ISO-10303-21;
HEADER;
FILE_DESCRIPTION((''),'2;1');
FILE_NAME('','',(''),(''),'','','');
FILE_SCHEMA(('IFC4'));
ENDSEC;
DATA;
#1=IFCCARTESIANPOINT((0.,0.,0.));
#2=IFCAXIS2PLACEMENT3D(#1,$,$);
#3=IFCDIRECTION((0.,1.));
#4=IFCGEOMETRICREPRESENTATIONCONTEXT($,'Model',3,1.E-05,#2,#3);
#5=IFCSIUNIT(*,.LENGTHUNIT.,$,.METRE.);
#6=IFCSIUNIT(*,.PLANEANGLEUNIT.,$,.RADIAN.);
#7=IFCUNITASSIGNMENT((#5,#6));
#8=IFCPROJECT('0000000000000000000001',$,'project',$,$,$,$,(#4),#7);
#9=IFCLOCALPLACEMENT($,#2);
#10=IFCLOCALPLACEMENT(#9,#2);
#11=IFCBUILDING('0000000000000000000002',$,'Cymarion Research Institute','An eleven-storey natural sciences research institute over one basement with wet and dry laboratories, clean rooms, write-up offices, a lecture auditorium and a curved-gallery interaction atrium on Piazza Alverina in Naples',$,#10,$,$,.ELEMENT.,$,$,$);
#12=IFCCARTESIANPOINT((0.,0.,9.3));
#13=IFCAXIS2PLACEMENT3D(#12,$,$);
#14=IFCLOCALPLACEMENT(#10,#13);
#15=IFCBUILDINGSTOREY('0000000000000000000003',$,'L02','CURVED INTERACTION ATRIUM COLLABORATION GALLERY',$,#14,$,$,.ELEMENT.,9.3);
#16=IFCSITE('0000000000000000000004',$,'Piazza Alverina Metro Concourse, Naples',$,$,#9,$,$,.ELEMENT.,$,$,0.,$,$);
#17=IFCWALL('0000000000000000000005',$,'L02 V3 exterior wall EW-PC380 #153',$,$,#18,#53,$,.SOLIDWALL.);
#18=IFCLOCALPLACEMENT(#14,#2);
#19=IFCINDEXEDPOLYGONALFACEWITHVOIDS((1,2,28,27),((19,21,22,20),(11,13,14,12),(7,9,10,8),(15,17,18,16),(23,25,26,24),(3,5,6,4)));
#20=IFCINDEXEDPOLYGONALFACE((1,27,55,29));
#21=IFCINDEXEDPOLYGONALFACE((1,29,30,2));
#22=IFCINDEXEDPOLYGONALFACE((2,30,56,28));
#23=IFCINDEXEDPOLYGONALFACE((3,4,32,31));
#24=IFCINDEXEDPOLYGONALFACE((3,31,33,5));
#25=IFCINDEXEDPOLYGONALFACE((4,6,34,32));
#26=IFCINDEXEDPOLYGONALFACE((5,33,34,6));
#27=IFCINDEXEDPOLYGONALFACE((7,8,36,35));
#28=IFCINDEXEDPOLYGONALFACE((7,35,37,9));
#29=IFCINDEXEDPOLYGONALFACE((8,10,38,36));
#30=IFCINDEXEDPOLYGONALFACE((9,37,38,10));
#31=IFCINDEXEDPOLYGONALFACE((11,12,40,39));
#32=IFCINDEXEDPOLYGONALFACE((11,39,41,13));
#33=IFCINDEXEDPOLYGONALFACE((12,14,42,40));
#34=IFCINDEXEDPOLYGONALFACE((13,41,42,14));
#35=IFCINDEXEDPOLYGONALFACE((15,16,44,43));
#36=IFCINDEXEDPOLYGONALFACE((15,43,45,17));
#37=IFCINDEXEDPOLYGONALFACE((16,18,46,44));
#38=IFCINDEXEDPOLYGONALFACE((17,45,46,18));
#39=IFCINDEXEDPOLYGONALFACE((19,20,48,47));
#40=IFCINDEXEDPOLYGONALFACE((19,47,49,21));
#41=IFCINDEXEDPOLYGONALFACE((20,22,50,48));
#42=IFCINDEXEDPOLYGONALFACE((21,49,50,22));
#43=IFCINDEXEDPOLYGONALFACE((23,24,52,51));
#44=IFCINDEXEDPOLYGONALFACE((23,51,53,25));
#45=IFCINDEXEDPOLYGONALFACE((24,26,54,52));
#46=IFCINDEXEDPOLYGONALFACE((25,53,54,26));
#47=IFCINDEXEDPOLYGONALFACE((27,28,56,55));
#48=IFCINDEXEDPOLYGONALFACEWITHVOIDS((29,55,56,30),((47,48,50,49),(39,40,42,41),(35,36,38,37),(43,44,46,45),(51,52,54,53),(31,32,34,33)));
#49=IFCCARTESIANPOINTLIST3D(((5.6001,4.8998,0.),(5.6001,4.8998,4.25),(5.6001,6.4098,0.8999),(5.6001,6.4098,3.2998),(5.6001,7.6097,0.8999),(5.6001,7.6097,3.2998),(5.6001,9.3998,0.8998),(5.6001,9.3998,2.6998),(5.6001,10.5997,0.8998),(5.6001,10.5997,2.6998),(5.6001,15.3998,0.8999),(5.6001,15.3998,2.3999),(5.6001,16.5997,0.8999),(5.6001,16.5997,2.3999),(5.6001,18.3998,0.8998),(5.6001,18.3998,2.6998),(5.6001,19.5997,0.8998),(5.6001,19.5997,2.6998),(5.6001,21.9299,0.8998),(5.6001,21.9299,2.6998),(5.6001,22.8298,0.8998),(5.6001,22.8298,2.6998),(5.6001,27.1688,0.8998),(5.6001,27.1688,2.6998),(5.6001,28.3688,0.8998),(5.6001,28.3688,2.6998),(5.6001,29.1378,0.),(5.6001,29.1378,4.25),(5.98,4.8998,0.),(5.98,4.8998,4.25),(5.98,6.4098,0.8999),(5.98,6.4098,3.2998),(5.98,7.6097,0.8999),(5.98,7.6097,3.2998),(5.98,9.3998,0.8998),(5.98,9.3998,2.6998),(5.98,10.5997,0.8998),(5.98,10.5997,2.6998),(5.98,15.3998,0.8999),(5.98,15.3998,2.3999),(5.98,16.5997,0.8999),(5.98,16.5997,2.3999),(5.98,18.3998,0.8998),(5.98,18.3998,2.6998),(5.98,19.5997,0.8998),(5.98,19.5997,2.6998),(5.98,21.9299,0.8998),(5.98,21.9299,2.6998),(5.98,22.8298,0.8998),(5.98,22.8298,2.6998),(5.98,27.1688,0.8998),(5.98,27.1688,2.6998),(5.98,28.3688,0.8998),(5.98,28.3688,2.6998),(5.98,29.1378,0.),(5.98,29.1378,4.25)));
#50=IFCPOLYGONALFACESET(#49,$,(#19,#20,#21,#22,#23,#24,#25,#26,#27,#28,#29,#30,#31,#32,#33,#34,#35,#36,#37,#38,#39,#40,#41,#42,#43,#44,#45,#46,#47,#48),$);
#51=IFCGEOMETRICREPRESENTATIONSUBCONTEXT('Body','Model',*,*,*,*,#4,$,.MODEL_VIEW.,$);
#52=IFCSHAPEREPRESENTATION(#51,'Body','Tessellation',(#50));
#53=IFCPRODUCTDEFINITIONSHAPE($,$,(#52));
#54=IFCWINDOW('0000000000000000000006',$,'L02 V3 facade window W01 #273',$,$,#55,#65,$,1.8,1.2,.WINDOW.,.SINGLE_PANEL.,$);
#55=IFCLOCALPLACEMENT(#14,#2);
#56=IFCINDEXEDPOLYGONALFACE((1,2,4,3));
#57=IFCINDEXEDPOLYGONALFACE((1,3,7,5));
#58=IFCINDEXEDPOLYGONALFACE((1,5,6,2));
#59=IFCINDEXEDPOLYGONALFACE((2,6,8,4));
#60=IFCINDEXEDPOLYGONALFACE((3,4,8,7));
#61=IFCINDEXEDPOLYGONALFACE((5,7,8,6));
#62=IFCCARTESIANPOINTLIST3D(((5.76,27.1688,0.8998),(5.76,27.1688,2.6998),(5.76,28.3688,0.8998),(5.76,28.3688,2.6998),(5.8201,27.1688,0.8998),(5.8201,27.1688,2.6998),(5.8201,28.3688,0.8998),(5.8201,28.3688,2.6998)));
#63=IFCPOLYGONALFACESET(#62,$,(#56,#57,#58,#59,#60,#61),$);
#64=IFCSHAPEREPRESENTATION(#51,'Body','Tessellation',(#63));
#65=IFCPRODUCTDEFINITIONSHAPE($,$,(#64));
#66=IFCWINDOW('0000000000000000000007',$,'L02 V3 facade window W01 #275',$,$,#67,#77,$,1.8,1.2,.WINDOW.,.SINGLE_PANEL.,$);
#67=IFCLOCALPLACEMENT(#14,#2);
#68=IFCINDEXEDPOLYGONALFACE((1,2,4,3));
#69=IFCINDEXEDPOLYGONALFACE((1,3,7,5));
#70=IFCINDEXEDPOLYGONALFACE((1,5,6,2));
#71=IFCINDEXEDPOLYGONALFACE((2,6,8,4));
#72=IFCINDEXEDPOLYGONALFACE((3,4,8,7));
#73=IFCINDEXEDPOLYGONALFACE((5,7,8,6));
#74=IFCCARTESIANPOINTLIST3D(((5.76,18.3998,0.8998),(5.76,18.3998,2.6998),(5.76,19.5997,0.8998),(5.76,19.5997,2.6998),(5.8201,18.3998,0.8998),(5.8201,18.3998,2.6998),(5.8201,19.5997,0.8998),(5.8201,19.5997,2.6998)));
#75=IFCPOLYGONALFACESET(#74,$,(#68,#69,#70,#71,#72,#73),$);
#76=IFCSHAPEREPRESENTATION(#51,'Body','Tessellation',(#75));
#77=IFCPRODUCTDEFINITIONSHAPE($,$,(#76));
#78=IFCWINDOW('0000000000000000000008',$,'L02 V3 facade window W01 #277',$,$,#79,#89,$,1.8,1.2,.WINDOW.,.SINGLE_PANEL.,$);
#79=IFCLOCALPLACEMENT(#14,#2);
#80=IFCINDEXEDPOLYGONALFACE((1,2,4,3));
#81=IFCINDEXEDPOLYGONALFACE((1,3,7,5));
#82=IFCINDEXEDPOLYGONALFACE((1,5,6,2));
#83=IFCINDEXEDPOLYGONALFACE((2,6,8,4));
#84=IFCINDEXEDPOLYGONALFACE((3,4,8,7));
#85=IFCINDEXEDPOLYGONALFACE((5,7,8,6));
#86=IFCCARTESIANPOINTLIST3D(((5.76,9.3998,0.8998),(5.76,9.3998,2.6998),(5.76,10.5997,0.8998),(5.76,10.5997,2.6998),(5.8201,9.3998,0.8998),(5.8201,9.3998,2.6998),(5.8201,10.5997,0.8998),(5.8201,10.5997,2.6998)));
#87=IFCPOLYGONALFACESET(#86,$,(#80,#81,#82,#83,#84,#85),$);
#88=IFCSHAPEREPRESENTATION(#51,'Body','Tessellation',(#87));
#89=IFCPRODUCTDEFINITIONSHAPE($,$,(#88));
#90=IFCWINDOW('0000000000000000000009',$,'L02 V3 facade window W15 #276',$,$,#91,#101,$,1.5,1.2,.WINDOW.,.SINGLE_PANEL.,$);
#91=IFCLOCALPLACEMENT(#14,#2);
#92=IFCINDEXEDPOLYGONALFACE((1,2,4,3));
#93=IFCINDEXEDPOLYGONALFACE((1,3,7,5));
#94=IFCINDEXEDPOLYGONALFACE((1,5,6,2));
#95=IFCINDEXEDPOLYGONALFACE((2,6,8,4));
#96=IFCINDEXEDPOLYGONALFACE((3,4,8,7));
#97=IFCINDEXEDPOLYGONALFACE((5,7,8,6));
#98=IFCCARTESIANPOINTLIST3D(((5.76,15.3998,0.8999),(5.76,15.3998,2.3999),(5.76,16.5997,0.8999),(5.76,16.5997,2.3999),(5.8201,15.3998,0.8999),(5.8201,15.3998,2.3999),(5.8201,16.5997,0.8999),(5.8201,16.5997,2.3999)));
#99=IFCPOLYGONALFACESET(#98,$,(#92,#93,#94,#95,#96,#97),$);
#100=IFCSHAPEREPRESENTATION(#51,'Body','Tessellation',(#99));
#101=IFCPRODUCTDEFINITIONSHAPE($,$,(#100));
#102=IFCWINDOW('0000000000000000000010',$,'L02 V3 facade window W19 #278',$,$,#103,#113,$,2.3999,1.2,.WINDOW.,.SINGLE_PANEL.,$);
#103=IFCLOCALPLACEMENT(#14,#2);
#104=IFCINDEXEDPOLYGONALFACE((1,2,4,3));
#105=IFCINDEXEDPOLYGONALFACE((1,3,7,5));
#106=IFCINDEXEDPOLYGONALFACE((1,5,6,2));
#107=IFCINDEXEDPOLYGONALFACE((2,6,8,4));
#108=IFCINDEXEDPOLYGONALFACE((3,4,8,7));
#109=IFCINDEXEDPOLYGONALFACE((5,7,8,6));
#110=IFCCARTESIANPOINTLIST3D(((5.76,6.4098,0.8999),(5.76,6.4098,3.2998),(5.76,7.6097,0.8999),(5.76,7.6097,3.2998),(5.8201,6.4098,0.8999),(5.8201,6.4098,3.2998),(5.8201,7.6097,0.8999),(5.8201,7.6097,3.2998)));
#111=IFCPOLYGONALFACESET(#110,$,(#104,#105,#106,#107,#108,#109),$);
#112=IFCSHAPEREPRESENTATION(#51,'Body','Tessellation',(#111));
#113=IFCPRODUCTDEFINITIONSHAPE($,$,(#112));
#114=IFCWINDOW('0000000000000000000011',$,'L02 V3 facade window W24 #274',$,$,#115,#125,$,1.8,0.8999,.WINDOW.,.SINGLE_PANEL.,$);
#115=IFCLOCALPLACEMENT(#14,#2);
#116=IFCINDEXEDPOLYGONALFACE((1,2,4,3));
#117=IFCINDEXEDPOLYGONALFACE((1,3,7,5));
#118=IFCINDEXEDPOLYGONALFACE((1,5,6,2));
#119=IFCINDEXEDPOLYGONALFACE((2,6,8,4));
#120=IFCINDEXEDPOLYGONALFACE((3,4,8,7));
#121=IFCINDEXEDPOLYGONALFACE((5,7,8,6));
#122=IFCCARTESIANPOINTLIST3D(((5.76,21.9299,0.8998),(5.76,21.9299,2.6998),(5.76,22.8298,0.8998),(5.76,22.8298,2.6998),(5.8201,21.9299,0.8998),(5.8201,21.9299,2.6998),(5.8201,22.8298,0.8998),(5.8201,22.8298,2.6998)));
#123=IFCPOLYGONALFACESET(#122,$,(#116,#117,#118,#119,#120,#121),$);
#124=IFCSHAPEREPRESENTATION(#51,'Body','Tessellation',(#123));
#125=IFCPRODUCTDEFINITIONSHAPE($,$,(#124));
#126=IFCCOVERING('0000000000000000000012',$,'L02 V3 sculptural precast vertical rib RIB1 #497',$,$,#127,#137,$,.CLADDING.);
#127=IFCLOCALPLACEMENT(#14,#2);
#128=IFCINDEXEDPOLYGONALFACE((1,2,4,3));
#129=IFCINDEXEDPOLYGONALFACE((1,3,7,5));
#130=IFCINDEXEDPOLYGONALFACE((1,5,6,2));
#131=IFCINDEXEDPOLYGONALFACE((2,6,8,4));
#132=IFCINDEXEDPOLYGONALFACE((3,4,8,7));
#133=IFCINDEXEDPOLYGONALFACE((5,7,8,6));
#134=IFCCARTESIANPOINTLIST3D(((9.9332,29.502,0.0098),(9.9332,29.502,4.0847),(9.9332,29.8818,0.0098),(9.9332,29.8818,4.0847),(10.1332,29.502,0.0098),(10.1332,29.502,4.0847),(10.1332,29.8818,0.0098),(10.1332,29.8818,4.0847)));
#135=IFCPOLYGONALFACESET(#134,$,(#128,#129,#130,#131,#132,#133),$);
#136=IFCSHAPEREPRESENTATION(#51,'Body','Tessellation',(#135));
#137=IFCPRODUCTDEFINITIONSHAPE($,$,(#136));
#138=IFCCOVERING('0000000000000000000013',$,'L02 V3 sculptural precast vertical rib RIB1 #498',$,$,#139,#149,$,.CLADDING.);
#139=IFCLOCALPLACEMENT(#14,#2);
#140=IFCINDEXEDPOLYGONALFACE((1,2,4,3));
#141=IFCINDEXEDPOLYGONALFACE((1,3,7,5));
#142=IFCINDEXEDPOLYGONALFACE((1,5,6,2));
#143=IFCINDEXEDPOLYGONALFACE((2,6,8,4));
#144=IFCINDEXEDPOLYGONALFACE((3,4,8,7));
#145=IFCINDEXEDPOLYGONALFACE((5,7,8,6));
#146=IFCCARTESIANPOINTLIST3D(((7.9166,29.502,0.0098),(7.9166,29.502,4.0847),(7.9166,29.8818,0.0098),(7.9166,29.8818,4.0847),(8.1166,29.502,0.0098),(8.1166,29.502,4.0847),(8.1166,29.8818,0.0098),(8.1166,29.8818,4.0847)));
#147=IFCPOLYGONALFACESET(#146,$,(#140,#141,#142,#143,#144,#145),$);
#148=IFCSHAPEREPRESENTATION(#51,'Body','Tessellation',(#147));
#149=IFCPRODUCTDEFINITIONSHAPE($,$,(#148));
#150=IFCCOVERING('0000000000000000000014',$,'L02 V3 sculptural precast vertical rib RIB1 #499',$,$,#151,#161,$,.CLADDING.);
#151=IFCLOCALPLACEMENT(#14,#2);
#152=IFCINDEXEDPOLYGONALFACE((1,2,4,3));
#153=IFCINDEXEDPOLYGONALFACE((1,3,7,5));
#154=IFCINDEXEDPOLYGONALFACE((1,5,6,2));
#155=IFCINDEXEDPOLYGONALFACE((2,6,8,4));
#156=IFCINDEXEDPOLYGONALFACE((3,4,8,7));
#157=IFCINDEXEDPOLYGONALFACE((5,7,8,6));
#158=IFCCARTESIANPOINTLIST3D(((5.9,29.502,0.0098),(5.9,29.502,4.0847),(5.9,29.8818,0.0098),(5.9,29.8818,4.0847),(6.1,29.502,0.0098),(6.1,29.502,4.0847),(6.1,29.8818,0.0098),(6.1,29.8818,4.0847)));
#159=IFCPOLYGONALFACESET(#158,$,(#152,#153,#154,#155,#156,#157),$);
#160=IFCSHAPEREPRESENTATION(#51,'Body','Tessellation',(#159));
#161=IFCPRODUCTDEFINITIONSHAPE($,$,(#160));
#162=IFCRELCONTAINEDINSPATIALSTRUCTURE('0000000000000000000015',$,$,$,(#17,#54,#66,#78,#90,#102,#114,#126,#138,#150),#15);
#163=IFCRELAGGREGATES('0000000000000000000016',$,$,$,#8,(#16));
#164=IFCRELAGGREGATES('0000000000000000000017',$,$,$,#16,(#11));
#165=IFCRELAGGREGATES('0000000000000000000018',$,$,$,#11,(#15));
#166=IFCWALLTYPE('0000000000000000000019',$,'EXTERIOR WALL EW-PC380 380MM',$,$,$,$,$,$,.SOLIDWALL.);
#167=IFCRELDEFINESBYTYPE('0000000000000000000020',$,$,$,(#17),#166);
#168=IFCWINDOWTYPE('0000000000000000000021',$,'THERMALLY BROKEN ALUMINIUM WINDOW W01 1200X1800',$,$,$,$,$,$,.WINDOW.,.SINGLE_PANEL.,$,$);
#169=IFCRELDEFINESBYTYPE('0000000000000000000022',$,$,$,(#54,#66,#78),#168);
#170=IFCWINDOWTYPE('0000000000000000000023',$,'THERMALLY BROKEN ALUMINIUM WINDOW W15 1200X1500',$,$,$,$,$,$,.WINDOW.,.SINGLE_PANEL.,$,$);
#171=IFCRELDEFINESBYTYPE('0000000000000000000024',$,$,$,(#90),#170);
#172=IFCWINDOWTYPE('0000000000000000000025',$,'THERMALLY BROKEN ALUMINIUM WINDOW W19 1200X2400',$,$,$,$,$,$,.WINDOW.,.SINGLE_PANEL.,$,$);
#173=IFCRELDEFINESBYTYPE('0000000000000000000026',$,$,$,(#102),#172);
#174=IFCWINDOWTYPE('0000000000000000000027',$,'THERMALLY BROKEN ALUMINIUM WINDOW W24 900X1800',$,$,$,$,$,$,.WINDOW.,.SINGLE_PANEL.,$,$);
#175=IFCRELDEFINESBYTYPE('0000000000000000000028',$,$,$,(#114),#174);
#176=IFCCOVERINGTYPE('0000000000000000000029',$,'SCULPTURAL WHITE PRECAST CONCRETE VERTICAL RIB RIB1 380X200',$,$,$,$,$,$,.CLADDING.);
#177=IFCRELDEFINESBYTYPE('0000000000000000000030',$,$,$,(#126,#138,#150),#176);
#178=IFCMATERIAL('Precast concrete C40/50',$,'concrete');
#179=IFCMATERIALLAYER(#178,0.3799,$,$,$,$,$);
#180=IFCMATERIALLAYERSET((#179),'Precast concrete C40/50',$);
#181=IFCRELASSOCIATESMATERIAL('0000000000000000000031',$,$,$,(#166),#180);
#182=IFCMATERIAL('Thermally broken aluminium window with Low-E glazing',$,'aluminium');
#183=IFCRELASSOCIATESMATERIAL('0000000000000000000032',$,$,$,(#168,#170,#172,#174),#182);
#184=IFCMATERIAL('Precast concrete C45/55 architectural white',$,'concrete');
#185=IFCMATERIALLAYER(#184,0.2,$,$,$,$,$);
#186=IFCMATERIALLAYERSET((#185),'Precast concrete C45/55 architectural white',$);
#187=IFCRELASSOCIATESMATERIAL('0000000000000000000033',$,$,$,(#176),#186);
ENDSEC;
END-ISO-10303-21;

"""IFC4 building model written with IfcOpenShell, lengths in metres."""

from ifc_helpers import new_model, si_unit, direction, frame, frame_2d, origin, origin_2d, place, context, subcontext, project, spatial, rectangle, extrude, material, layer, layer_set, type_object, element, fill, save


model = new_model("IFC4")

# Units and contexts
model_context = context("Model", 3, precision=1e-05, world=origin(), true_north=direction((0.0, 1.0)))
body_context = subcontext(model_context, "Body", "Model", "MODEL_VIEW")
ifc_project = project(units=[si_unit("LENGTHUNIT", "METRE"), si_unit("PLANEANGLEUNIT", "RADIAN")], contexts=[model_context])

# Site, building, storey
site_placement = place(None, origin())
site = spatial("IfcSite", under=ifc_project, at=site_placement, Name="Piazza Alverina Metro Concourse, Naples", CompositionType="ELEMENT", RefElevation=0.0)
building_placement = place(site_placement, origin())
building = spatial("IfcBuilding", under=site, at=building_placement, Name="Cymarion Research Institute", Description="An eleven-storey natural sciences research institute over one basement with wet and dry laboratories, clean rooms, write-up offices, a lecture auditorium and a curved-gallery interaction atrium on Piazza Alverina in Naples", CompositionType="ELEMENT")
storey_placement = place(building_placement, frame((0.0, 0.0, 9.3)))
storey = spatial("IfcBuildingStorey", under=building, at=storey_placement, Name="L02", Description="CURVED INTERACTION ATRIUM COLLABORATION GALLERY", CompositionType="ELEMENT", Elevation=9.3)

# Shared definitions
ifc_material_1 = material(Name="Precast concrete C40/50", Category="concrete")
ifc_layer_1 = layer(ifc_material_1, 0.3799)
ifc_layer_set_1 = layer_set([ifc_layer_1], Name="Precast concrete C40/50")
wall_type = type_object("IfcWallType", Name="EXTERIOR WALL EW-PC380 380MM", PredefinedType="SOLIDWALL", material=ifc_layer_set_1)

# Wall, openings, windows
wall_1_placement = place(storey_placement, frame((5.79, 29.1379, 0.0), z_axis=(0.0, 0.0, 1.0), x_axis=(0.0, -1.0, 0.0)))
wall_1 = element("IfcWall", 1, at=wall_1_placement, inside=storey, type_object=wall_type, Name="L02 V3 exterior wall EW-PC380 #153", PredefinedType="SOLIDWALL", context=body_context, shape_type="SweptSolid", body=[
    extrude(rectangle(XDim=24.238, YDim=0.3799, at=frame_2d((12.1191, 0.0))), origin(), (0.0, 0.0, 1.0), 4.25),
])
opening_1_placement = place(wall_1_placement, frame((0.769, 0.0, 0.8999)))
opening_1 = element("IfcOpeningElement", 2, at=opening_1_placement, cuts=wall_1, PredefinedType="OPENING", context=body_context, shape_type="SweptSolid", body=[
    extrude(rectangle(XDim=1.2, YDim=1.8, at=frame_2d((0.6001, 0.8999))), frame((0.0, 0.2, 0.0), z_axis=(0.0, -1.0, 0.0), x_axis=(1.0, 0.0, 0.0)), (0.0, 0.0, 1.0), 0.3999),
])
opening_2_placement = place(wall_1_placement, frame((6.3081, 0.0, 0.8999)))
opening_2 = element("IfcOpeningElement", 3, at=opening_2_placement, cuts=wall_1, PredefinedType="OPENING", context=body_context, shape_type="SweptSolid", body=[
    extrude(rectangle(XDim=0.8999, YDim=1.8, at=frame_2d((0.45, 0.8999))), frame((0.0, 0.2, 0.0), z_axis=(0.0, -1.0, 0.0), x_axis=(1.0, 0.0, 0.0)), (0.0, 0.0, 1.0), 0.3999),
])
opening_3_placement = place(wall_1_placement, frame((9.5381, 0.0, 0.8999)))
opening_3 = element("IfcOpeningElement", 4, at=opening_3_placement, cuts=wall_1, PredefinedType="OPENING", context=body_context, shape_type="SweptSolid", body=[
    extrude(rectangle(XDim=1.2, YDim=1.8, at=frame_2d((0.6001, 0.8999))), frame((0.0, 0.2, 0.0), z_axis=(0.0, -1.0, 0.0), x_axis=(1.0, 0.0, 0.0)), (0.0, 0.0, 1.0), 0.3999),
])
opening_4_placement = place(wall_1_placement, frame((12.5381, 0.0, 0.8999)))
opening_4 = element("IfcOpeningElement", 5, at=opening_4_placement, cuts=wall_1, PredefinedType="OPENING", context=body_context, shape_type="SweptSolid", body=[
    extrude(rectangle(XDim=1.2, YDim=1.5, at=frame_2d((0.6001, 0.75))), frame((0.0, 0.2, 0.0), z_axis=(0.0, -1.0, 0.0), x_axis=(1.0, 0.0, 0.0)), (0.0, 0.0, 1.0), 0.3999),
])
opening_5_placement = place(wall_1_placement, frame((18.5381, 0.0, 0.8999)))
opening_5 = element("IfcOpeningElement", 6, at=opening_5_placement, cuts=wall_1, PredefinedType="OPENING", context=body_context, shape_type="SweptSolid", body=[
    extrude(rectangle(XDim=1.2, YDim=1.8, at=frame_2d((0.6001, 0.8999))), frame((0.0, 0.2, 0.0), z_axis=(0.0, -1.0, 0.0), x_axis=(1.0, 0.0, 0.0)), (0.0, 0.0, 1.0), 0.3999),
])
opening_6_placement = place(wall_1_placement, frame((21.5281, 0.0, 0.8999)))
opening_6 = element("IfcOpeningElement", 7, at=opening_6_placement, cuts=wall_1, PredefinedType="OPENING", context=body_context, shape_type="SweptSolid", body=[
    extrude(rectangle(XDim=1.2, YDim=2.3999, at=frame_2d((0.6001, 1.2))), frame((0.0, 0.2, 0.0), z_axis=(0.0, -1.0, 0.0), x_axis=(1.0, 0.0, 0.0)), (0.0, 0.0, 1.0), 0.3999),
])
ifc_material_2 = material(Name="Thermally broken aluminium window with Low-E glazing", Category="aluminium")
window_type_1 = type_object("IfcWindowType", Name="THERMALLY BROKEN ALUMINIUM WINDOW W01 1200X1800", PartitioningType="SINGLE_PANEL", PredefinedType="WINDOW", material=ifc_material_2)
window_1_placement = place(opening_1_placement, origin())
window_1 = element("IfcWindow", 8, at=window_1_placement, inside=storey, type_object=window_type_1, Name="L02 V3 facade window W01 #273", OverallHeight=1.8, OverallWidth=1.2, PartitioningType="SINGLE_PANEL", PredefinedType="WINDOW", context=body_context, shape_type="SweptSolid", body=[
    extrude(rectangle(XDim=1.2, YDim=1.8, at=frame_2d((0.6001, 0.8999))), frame((0.0, 0.03, 0.0), z_axis=(0.0, -1.0, 0.0), x_axis=(1.0, 0.0, 0.0)), (0.0, 0.0, 1.0), 0.0601),
])
fill(opening_1, window_1)
window_2_placement = place(opening_3_placement, origin())
window_2 = element("IfcWindow", 9, at=window_2_placement, inside=storey, type_object=window_type_1, Name="L02 V3 facade window W01 #275", OverallHeight=1.8, OverallWidth=1.2, PartitioningType="SINGLE_PANEL", PredefinedType="WINDOW", context=body_context, shape_type="SweptSolid", body=[
    extrude(rectangle(XDim=1.2, YDim=1.8, at=frame_2d((0.6001, 0.8999))), frame((0.0, 0.03, 0.0), z_axis=(0.0, -1.0, 0.0), x_axis=(1.0, 0.0, 0.0)), (0.0, 0.0, 1.0), 0.0601),
])
fill(opening_3, window_2)
window_3_placement = place(opening_5_placement, origin())
window_3 = element("IfcWindow", 10, at=window_3_placement, inside=storey, type_object=window_type_1, Name="L02 V3 facade window W01 #277", OverallHeight=1.8, OverallWidth=1.2, PartitioningType="SINGLE_PANEL", PredefinedType="WINDOW", context=body_context, shape_type="SweptSolid", body=[
    extrude(rectangle(XDim=1.2, YDim=1.8, at=frame_2d((0.6001, 0.8999))), frame((0.0, 0.03, 0.0), z_axis=(0.0, -1.0, 0.0), x_axis=(1.0, 0.0, 0.0)), (0.0, 0.0, 1.0), 0.0601),
])
fill(opening_5, window_3)
window_type_2 = type_object("IfcWindowType", Name="THERMALLY BROKEN ALUMINIUM WINDOW W15 1200X1500", PartitioningType="SINGLE_PANEL", PredefinedType="WINDOW", material=ifc_material_2)
window_4_placement = place(opening_4_placement, origin())
window_4 = element("IfcWindow", 11, at=window_4_placement, inside=storey, type_object=window_type_2, Name="L02 V3 facade window W15 #276", OverallHeight=1.5, OverallWidth=1.2, PartitioningType="SINGLE_PANEL", PredefinedType="WINDOW", context=body_context, shape_type="SweptSolid", body=[
    extrude(rectangle(XDim=1.2, YDim=1.5, at=frame_2d((0.6001, 0.75))), frame((0.0, 0.03, 0.0), z_axis=(0.0, -1.0, 0.0), x_axis=(1.0, 0.0, 0.0)), (0.0, 0.0, 1.0), 0.0601),
])
fill(opening_4, window_4)
window_type_3 = type_object("IfcWindowType", Name="THERMALLY BROKEN ALUMINIUM WINDOW W19 1200X2400", PartitioningType="SINGLE_PANEL", PredefinedType="WINDOW", material=ifc_material_2)
window_5_placement = place(opening_6_placement, origin())
window_5 = element("IfcWindow", 12, at=window_5_placement, inside=storey, type_object=window_type_3, Name="L02 V3 facade window W19 #278", OverallHeight=2.3999, OverallWidth=1.2, PartitioningType="SINGLE_PANEL", PredefinedType="WINDOW", context=body_context, shape_type="SweptSolid", body=[
    extrude(rectangle(XDim=1.2, YDim=2.3999, at=frame_2d((0.6001, 1.2))), frame((0.0, 0.03, 0.0), z_axis=(0.0, -1.0, 0.0), x_axis=(1.0, 0.0, 0.0)), (0.0, 0.0, 1.0), 0.0601),
])
fill(opening_6, window_5)
window_type_4 = type_object("IfcWindowType", Name="THERMALLY BROKEN ALUMINIUM WINDOW W24 900X1800", PartitioningType="SINGLE_PANEL", PredefinedType="WINDOW", material=ifc_material_2)
window_6_placement = place(opening_2_placement, origin())
window_6 = element("IfcWindow", 13, at=window_6_placement, inside=storey, type_object=window_type_4, Name="L02 V3 facade window W24 #274", OverallHeight=1.8, OverallWidth=0.8999, PartitioningType="SINGLE_PANEL", PredefinedType="WINDOW", context=body_context, shape_type="SweptSolid", body=[
    extrude(rectangle(XDim=0.8999, YDim=1.8, at=frame_2d((0.45, 0.8999))), frame((0.0, 0.03, 0.0), z_axis=(0.0, -1.0, 0.0), x_axis=(1.0, 0.0, 0.0)), (0.0, 0.0, 1.0), 0.0601),
])
fill(opening_2, window_6)

# Coverings
ifc_material_3 = material(Name="Precast concrete C45/55 architectural white", Category="concrete")
ifc_layer_2 = layer(ifc_material_3, 0.2)
ifc_layer_set_2 = layer_set([ifc_layer_2], Name="Precast concrete C45/55 architectural white")
covering_type = type_object("IfcCoveringType", Name="SCULPTURAL WHITE PRECAST CONCRETE VERTICAL RIB RIB1 380X200", PredefinedType="CLADDING", material=ifc_layer_set_2)
for number, where, z_axis, x_axis, name in (
    (14, (10.0332, 29.6919, 0.0098), (0.0, 0.0, 1.0), (0.0, 1.0, 0.0), "L02 V3 sculptural precast vertical rib RIB1 #497"),
    (15, (8.0166, 29.6919, 0.0098), (0.0, 0.0, 1.0), (0.0, 1.0, 0.0), "L02 V3 sculptural precast vertical rib RIB1 #498"),
    (16, (6.0, 29.6919, 0.0098), (0.0, 0.0, 1.0), (0.0, 1.0, 0.0), "L02 V3 sculptural precast vertical rib RIB1 #499"),
):
    element("IfcCovering", number, at=place(storey_placement, frame(where, z_axis=z_axis, x_axis=x_axis)), inside=storey, type_object=covering_type, Name=name, PredefinedType="CLADDING", context=body_context, shape_type="SweptSolid", body=[
        extrude(rectangle(XDim=0.3799, YDim=0.2, at=origin_2d()), origin(), (0.0, 0.0, 1.0), 4.075),
    ])

save(model, "model.ifc")
